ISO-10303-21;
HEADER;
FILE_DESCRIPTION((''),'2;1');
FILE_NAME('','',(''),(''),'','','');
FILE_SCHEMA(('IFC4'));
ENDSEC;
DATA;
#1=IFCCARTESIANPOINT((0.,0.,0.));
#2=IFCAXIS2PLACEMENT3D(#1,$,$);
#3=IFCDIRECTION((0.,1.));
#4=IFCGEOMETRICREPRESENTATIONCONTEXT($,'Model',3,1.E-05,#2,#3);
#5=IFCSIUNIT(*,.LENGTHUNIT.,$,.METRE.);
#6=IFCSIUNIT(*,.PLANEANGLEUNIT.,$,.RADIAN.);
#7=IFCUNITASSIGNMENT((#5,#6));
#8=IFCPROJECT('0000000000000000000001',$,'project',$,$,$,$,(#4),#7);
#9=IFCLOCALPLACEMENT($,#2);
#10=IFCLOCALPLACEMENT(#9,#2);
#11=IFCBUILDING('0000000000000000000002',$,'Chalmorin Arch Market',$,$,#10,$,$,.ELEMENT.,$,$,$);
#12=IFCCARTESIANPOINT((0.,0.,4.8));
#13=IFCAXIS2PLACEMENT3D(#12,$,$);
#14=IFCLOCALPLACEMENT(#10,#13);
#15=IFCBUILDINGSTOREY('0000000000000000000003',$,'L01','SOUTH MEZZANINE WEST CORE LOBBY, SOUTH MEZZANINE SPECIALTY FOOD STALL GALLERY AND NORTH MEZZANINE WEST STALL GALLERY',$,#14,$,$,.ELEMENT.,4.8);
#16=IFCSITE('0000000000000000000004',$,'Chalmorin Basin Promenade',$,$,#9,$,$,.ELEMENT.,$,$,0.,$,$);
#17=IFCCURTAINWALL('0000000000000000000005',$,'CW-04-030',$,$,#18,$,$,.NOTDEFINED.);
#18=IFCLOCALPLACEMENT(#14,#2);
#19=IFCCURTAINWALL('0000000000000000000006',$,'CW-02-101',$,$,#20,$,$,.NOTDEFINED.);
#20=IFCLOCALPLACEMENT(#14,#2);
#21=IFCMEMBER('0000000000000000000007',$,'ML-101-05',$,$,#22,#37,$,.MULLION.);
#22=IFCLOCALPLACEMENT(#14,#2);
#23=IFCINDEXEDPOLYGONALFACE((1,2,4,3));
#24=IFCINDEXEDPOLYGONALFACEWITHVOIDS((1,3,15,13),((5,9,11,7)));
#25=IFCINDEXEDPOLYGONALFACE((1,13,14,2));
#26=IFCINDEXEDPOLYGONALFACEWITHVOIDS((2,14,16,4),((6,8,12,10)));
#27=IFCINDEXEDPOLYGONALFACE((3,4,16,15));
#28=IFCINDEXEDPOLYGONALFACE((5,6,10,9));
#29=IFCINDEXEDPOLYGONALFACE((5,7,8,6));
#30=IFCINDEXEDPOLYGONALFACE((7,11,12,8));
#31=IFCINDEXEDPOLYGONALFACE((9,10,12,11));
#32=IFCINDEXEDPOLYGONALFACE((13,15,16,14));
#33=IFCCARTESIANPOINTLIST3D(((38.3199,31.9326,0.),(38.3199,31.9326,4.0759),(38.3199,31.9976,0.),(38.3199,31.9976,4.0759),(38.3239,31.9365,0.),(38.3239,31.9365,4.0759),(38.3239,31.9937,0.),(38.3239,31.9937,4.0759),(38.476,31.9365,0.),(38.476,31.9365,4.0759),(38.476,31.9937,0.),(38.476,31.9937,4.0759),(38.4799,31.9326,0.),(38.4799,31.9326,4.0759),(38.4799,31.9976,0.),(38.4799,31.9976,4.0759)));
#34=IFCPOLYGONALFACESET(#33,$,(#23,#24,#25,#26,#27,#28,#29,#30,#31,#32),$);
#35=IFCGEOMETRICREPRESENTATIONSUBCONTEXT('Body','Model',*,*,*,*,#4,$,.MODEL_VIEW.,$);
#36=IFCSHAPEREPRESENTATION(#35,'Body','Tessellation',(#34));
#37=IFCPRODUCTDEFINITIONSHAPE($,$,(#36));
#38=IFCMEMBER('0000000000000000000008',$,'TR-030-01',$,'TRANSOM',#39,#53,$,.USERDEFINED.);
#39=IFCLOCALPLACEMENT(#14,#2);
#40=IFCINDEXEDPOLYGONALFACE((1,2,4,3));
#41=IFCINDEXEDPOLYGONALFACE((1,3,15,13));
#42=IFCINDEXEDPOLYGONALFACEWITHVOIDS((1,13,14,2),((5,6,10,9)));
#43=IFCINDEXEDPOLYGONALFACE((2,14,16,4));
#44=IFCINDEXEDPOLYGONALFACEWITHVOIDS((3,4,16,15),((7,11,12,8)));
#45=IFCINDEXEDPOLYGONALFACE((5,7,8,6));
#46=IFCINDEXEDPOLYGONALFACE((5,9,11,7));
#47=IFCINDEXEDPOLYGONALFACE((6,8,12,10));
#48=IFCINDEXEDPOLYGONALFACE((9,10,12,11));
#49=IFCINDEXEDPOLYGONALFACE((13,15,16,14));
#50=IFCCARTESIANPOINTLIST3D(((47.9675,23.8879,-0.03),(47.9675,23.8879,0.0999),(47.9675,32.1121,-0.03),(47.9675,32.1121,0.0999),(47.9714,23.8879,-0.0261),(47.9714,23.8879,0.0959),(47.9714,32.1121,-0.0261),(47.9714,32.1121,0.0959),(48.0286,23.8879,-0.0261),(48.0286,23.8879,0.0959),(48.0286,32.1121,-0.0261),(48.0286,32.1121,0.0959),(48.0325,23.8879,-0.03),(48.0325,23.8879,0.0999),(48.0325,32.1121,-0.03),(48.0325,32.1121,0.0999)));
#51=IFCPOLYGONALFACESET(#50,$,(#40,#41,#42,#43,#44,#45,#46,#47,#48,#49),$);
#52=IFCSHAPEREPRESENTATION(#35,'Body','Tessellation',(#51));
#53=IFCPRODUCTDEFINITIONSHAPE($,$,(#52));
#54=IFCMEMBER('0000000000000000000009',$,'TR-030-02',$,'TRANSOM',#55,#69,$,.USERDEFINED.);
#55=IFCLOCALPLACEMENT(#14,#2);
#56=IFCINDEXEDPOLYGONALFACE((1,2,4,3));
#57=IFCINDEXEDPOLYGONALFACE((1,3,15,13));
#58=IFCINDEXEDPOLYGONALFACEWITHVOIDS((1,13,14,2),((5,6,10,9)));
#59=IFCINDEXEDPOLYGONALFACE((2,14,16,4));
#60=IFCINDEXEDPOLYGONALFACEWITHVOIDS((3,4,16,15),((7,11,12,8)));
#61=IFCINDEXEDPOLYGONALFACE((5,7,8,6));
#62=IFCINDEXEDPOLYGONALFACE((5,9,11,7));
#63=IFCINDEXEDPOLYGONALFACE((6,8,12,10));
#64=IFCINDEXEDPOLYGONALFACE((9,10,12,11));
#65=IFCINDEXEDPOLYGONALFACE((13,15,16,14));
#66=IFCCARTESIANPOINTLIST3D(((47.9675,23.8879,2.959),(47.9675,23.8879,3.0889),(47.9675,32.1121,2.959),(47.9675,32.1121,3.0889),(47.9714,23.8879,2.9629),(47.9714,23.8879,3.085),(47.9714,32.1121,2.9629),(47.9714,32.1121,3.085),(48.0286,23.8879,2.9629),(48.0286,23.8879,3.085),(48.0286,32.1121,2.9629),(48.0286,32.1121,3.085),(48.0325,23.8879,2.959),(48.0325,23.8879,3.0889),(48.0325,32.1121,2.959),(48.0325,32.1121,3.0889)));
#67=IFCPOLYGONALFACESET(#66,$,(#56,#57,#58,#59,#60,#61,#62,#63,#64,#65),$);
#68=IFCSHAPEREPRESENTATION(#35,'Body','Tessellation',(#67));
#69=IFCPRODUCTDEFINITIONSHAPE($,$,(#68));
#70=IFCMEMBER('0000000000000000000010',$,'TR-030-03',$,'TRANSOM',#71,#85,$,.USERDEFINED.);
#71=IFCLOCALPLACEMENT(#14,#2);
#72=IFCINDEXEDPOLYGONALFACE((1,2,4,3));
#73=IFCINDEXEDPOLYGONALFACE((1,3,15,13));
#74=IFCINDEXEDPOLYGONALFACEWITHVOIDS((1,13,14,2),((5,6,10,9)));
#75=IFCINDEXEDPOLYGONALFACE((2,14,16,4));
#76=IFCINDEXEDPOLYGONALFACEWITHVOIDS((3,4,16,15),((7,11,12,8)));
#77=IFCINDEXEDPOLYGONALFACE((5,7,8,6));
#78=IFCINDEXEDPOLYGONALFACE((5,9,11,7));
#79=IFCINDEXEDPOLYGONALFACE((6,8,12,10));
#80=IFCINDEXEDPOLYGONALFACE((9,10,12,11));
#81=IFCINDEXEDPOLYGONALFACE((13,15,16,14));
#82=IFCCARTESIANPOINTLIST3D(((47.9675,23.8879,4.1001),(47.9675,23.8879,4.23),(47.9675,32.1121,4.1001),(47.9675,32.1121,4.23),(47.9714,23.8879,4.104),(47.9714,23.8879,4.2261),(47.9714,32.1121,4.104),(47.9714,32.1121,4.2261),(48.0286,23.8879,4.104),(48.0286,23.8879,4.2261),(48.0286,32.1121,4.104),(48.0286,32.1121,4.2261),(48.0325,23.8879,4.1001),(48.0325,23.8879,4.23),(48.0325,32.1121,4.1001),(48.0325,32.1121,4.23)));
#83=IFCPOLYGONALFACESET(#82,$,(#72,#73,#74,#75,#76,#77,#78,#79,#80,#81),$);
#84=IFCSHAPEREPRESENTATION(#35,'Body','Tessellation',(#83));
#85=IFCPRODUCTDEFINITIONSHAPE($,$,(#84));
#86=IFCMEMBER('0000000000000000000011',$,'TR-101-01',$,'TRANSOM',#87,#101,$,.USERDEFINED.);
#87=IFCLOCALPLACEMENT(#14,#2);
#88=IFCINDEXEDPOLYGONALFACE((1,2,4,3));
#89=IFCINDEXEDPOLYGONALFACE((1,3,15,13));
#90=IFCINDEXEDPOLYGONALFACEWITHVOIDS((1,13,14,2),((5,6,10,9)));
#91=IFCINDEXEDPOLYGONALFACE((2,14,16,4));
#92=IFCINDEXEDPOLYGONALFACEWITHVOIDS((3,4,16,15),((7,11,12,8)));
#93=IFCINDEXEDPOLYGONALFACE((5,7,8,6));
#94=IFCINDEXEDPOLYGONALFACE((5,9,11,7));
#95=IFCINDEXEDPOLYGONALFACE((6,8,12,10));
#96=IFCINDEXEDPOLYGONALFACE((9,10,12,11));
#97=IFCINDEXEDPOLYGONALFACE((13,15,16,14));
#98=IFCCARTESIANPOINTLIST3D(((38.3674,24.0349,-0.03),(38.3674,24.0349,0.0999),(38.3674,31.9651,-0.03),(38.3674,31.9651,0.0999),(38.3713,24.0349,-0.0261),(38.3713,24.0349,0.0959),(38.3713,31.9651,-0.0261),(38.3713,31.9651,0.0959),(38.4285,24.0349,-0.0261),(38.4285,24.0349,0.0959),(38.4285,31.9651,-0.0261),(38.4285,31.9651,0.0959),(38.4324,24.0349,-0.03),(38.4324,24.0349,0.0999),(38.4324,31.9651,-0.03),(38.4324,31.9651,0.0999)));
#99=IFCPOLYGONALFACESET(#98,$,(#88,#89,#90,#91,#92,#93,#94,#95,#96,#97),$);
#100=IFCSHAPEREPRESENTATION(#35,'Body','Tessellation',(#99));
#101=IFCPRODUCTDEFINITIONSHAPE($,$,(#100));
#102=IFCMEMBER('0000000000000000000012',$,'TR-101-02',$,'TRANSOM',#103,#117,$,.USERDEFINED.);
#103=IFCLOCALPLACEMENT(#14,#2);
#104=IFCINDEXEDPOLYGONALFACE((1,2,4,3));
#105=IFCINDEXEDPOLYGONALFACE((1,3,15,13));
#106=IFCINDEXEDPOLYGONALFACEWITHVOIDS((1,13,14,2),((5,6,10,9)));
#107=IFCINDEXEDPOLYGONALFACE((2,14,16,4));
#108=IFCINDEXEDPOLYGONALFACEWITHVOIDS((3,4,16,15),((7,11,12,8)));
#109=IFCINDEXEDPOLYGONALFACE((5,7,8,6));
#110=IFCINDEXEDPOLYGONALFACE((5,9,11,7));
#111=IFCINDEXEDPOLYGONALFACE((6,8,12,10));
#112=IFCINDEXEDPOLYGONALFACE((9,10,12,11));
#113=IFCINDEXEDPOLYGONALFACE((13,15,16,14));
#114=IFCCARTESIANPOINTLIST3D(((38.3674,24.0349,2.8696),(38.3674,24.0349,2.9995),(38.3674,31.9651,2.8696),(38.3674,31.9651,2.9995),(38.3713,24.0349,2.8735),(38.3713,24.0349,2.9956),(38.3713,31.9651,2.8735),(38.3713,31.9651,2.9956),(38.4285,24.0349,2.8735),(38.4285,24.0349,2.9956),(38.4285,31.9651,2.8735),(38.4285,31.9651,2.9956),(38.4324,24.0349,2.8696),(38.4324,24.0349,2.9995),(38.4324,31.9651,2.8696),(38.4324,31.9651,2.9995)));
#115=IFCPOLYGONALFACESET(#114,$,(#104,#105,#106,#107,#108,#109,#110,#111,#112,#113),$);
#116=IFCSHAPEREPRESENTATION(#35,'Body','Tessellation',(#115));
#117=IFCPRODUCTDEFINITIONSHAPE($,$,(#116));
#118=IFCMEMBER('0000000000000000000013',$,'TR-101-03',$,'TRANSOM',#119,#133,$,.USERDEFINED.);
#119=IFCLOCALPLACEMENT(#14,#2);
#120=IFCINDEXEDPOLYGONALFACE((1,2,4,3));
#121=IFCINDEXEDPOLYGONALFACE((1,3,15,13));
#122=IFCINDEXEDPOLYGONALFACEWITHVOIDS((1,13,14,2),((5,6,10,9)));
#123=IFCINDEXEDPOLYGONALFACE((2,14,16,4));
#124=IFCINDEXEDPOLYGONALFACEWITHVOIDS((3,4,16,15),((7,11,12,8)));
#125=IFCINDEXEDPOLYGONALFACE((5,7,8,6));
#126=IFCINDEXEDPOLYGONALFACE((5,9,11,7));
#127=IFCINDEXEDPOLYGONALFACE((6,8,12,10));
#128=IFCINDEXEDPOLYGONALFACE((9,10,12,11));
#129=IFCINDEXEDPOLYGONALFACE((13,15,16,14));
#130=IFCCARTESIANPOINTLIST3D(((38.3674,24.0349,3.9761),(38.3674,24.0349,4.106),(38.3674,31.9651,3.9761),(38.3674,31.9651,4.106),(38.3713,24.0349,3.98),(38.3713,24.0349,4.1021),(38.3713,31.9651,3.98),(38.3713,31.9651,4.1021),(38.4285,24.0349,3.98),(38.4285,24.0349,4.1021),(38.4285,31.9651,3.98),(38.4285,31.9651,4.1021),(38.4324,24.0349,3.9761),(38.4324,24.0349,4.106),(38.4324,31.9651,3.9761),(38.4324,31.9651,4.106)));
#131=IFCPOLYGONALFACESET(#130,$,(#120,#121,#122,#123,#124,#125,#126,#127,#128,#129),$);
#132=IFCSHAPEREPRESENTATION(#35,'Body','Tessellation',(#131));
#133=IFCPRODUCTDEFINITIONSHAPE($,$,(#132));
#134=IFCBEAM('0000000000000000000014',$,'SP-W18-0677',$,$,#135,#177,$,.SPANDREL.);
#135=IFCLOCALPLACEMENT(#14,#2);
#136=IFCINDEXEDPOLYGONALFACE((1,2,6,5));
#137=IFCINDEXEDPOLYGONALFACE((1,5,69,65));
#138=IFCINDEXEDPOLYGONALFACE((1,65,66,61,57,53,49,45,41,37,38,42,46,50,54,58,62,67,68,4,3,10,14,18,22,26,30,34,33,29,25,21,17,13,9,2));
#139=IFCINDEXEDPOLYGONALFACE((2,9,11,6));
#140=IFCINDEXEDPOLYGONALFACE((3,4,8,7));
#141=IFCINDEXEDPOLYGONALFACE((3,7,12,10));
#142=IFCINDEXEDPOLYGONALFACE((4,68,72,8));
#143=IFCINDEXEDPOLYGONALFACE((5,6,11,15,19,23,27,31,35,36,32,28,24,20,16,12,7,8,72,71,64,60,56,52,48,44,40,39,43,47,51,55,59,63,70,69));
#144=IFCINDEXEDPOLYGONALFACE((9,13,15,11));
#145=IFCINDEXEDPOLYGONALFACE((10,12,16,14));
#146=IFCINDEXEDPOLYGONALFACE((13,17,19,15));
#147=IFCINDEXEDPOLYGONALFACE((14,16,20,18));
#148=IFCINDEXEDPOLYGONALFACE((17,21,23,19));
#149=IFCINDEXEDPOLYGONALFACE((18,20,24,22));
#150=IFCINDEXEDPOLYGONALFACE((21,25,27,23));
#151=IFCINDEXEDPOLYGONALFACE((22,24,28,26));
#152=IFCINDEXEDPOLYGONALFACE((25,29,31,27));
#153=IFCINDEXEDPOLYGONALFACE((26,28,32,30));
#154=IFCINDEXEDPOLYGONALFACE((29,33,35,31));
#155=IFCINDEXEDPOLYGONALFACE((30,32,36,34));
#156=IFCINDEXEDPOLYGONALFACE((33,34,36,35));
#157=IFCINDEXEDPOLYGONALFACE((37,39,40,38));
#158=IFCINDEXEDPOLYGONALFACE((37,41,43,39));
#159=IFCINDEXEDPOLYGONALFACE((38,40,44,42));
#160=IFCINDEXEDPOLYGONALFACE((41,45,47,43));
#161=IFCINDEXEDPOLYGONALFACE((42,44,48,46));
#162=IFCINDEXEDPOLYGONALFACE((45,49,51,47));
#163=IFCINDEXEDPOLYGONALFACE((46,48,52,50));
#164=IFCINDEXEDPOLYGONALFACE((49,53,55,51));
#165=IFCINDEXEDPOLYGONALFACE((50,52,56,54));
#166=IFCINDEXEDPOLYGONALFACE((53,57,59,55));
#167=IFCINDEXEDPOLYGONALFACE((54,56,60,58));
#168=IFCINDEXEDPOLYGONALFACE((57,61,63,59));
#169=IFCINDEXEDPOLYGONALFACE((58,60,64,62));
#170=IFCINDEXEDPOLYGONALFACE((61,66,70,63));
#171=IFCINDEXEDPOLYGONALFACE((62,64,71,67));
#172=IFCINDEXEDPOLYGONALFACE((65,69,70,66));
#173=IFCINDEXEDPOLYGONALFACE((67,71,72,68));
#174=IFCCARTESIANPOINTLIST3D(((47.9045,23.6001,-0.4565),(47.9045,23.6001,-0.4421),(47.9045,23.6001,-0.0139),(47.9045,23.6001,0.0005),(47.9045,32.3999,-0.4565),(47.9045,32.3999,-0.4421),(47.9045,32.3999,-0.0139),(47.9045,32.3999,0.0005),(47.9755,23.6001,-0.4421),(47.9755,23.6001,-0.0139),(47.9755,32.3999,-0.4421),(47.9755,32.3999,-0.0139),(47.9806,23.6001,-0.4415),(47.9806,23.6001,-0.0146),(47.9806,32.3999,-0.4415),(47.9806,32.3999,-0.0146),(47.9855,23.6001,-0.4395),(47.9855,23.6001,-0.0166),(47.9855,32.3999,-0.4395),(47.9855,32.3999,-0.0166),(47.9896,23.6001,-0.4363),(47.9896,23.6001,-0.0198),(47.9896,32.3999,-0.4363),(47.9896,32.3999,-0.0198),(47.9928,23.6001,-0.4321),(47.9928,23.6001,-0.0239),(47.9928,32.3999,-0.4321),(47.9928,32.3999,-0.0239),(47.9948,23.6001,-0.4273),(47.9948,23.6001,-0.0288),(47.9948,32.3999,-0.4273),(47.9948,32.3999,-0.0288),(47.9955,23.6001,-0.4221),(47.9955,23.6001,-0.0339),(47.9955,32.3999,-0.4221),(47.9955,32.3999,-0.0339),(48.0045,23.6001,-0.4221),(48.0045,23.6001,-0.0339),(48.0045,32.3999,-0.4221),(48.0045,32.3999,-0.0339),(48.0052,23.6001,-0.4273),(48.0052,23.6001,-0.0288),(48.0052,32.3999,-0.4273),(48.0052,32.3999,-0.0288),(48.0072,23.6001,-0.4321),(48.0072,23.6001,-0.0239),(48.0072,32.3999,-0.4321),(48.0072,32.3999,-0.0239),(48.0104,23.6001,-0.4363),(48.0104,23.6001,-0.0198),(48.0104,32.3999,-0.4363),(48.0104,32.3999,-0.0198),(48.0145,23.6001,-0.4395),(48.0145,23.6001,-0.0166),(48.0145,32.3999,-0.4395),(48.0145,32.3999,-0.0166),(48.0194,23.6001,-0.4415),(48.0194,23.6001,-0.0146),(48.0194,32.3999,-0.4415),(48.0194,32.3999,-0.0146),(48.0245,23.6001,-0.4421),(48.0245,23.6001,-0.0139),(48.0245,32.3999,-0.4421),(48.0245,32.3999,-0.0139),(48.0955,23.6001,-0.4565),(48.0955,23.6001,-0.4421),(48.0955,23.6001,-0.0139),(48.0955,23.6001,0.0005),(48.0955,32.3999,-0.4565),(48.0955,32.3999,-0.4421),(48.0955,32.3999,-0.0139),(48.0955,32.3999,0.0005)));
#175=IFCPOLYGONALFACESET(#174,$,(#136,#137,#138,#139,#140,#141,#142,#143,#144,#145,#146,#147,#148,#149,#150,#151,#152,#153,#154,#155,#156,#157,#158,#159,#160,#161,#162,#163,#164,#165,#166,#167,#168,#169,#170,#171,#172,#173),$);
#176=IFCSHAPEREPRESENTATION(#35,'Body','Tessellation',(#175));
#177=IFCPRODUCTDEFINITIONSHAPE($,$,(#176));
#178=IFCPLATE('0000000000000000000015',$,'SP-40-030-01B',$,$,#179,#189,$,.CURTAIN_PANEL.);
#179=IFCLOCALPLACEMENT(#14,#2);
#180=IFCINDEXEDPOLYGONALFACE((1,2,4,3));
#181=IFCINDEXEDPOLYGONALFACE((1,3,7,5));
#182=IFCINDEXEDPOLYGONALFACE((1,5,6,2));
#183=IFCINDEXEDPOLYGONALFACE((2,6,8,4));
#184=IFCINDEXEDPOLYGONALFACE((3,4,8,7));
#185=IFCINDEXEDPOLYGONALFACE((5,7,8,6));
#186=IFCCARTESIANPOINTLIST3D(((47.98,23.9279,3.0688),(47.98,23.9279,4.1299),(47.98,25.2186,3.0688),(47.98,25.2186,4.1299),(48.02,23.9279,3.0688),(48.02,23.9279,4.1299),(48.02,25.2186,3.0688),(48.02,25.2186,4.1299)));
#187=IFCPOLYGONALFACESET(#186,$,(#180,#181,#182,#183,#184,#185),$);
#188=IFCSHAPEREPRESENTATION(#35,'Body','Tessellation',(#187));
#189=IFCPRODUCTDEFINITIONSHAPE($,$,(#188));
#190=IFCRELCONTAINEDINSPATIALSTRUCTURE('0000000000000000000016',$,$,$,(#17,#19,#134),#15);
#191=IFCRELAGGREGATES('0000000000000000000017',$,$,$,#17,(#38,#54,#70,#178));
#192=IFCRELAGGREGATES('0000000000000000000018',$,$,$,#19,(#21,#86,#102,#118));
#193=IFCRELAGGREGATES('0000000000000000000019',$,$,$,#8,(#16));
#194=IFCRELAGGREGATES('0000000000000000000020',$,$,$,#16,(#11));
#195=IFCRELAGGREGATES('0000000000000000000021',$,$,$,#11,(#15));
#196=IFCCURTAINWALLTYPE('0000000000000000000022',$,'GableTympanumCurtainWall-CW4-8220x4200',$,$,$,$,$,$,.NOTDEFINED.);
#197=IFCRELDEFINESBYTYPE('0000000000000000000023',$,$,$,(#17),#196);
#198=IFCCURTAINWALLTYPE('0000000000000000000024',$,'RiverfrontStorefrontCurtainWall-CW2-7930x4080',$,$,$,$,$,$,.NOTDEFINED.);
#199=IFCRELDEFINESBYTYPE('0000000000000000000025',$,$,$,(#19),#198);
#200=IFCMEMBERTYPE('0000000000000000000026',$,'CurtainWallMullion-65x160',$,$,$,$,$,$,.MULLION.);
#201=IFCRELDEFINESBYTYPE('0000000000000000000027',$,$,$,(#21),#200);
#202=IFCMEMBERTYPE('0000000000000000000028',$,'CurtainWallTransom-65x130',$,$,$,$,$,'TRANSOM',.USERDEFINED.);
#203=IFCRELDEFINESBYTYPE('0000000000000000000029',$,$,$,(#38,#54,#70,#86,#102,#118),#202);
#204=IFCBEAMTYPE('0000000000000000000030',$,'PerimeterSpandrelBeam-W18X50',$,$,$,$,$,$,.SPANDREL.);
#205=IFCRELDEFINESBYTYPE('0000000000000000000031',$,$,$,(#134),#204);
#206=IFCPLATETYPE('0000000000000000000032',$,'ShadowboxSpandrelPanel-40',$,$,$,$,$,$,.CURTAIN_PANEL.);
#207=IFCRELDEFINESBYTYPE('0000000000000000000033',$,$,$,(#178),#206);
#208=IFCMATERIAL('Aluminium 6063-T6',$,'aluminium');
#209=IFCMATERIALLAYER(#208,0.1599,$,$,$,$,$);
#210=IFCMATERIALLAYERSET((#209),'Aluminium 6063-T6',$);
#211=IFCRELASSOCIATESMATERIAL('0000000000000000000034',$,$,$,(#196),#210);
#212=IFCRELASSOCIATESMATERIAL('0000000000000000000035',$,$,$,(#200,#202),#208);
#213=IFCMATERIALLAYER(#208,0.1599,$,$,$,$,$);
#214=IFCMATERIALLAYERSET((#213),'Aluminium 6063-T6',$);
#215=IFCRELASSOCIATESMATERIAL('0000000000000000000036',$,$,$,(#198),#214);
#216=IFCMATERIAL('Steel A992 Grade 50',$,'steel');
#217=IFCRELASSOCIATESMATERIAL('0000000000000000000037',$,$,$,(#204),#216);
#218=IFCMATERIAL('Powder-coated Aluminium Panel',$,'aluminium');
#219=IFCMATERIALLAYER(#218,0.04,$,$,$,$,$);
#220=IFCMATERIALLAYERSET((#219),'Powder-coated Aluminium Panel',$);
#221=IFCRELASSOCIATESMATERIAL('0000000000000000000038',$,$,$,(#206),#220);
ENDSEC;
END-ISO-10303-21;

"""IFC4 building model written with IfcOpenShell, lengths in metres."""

from ifc_helpers import new_model, si_unit, direction, frame, origin, origin_2d, place, context, subcontext, project, spatial, rectangle, hollow_rectangle, i_section, extrude, material, layer, layer_set, material_profile, profile_set, type_object, element, aggregate, save


model = new_model("IFC4")

# Units and contexts
model_context = context("Model", 3, precision=1e-05, world=origin(), true_north=direction((0.0, 1.0)))
body_context = subcontext(model_context, "Body", "Model", "MODEL_VIEW")
ifc_project = project(units=[si_unit("LENGTHUNIT", "METRE"), si_unit("PLANEANGLEUNIT", "RADIAN")], contexts=[model_context])

# Site, building, storey
site_placement = place(None, origin())
site = spatial("IfcSite", under=ifc_project, at=site_placement, Name="Chalmorin Basin Promenade", CompositionType="ELEMENT", RefElevation=0.0)
building_placement = place(site_placement, origin())
building = spatial("IfcBuilding", under=site, at=building_placement, Name="Chalmorin Arch Market", CompositionType="ELEMENT")
storey_placement = place(building_placement, frame((0.0, 0.0, 4.8)))
storey = spatial("IfcBuildingStorey", under=building, at=storey_placement, Name="L01", Description="SOUTH MEZZANINE WEST CORE LOBBY, SOUTH MEZZANINE SPECIALTY FOOD STALL GALLERY AND NORTH MEZZANINE WEST STALL GALLERY", CompositionType="ELEMENT", Elevation=4.8)

# Curtain walls, member
ifc_material_1 = material(Name="Aluminium 6063-T6", Category="aluminium")
ifc_layer_1 = layer(ifc_material_1, 0.1599)
ifc_layer_set_1 = layer_set([ifc_layer_1], Name="Aluminium 6063-T6")
curtain_wall_type_1 = type_object("IfcCurtainWallType", Name="GableTympanumCurtainWall-CW4-8220x4200", PredefinedType="NOTDEFINED", material=ifc_layer_set_1)
curtain_wall_1_placement = place(storey_placement, origin())
curtain_wall_1 = element("IfcCurtainWall", 1, at=curtain_wall_1_placement, inside=storey, type_object=curtain_wall_type_1, Name="CW-04-030", PredefinedType="NOTDEFINED")
ifc_material_profile_1 = material_profile(ifc_material_1, hollow_rectangle(XDim=0.0649, YDim=0.1599, WallThickness=0.0039, at=origin_2d()), Name="ALU65X160X4")
ifc_profile_set_1 = profile_set([ifc_material_profile_1], Name="Aluminium 6063-T6")
member_type_1 = type_object("IfcMemberType", Name="CurtainWallMullion-65x160", PredefinedType="MULLION", material=ifc_profile_set_1)
ifc_layer_2 = layer(ifc_material_1, 0.1599)
ifc_layer_set_2 = layer_set([ifc_layer_2], Name="Aluminium 6063-T6")
curtain_wall_type_2 = type_object("IfcCurtainWallType", Name="RiverfrontStorefrontCurtainWall-CW2-7930x4080", PredefinedType="NOTDEFINED", material=ifc_layer_set_2)
curtain_wall_2_placement = place(storey_placement, origin())
curtain_wall_2 = element("IfcCurtainWall", 2, at=curtain_wall_2_placement, inside=storey, type_object=curtain_wall_type_2, Name="CW-02-101", PredefinedType="NOTDEFINED")
member_1_placement = place(storey_placement, frame((38.3999, 31.9651, 0.0), z_axis=(0.0, 0.0, 1.0), x_axis=(0.0, 1.0, 0.0)))
member_1 = element("IfcMember", 3, at=member_1_placement, type_object=member_type_1, Name="ML-101-05", PredefinedType="MULLION", context=body_context, shape_type="SweptSolid", body=[
    extrude(hollow_rectangle(XDim=0.0649, YDim=0.1599, WallThickness=0.0039, at=origin_2d()), origin(), (0.0, 0.0, 1.0), 4.0759),
])

# Members
ifc_material_profile_2 = material_profile(ifc_material_1, hollow_rectangle(XDim=0.0649, YDim=0.1299, WallThickness=0.0039, at=origin_2d()), Name="ALU65X130X4")
ifc_profile_set_2 = profile_set([ifc_material_profile_2], Name="Aluminium 6063-T6")
member_type_2 = type_object("IfcMemberType", Name="CurtainWallTransom-65x130", ElementType="TRANSOM", PredefinedType="USERDEFINED", material=ifc_profile_set_2)
member_2_placement = place(storey_placement, frame((48.0, 23.8879, 0.0349), z_axis=(0.0, 1.0, 0.0), x_axis=(-1.0, 0.0, 0.0)))
member_2 = element("IfcMember", 4, at=member_2_placement, type_object=member_type_2, Name="TR-030-01", ObjectType="TRANSOM", PredefinedType="USERDEFINED", context=body_context, shape_type="SweptSolid", body=[
    extrude(hollow_rectangle(XDim=0.0649, YDim=0.1299, WallThickness=0.0039, at=origin_2d()), origin(), (0.0, 0.0, 1.0), 8.2241),
])
member_3_placement = place(storey_placement, frame((48.0, 23.8879, 3.0239), z_axis=(0.0, 1.0, 0.0), x_axis=(-1.0, 0.0, 0.0)))
member_3 = element("IfcMember", 5, at=member_3_placement, type_object=member_type_2, Name="TR-030-02", ObjectType="TRANSOM", PredefinedType="USERDEFINED", context=body_context, shape_type="SweptSolid", body=[
    extrude(hollow_rectangle(XDim=0.0649, YDim=0.1299, WallThickness=0.0039, at=origin_2d()), origin(), (0.0, 0.0, 1.0), 8.2241),
])
member_4_placement = place(storey_placement, frame((48.0, 23.8879, 4.165), z_axis=(0.0, 1.0, 0.0), x_axis=(-1.0, 0.0, 0.0)))
member_4 = element("IfcMember", 6, at=member_4_placement, type_object=member_type_2, Name="TR-030-03", ObjectType="TRANSOM", PredefinedType="USERDEFINED", context=body_context, shape_type="SweptSolid", body=[
    extrude(hollow_rectangle(XDim=0.0649, YDim=0.1299, WallThickness=0.0039, at=origin_2d()), origin(), (0.0, 0.0, 1.0), 8.2241),
])
member_5_placement = place(storey_placement, frame((38.3999, 24.0349, 0.0349), z_axis=(0.0, 1.0, 0.0), x_axis=(-1.0, 0.0, 0.0)))
member_5 = element("IfcMember", 7, at=member_5_placement, type_object=member_type_2, Name="TR-101-01", ObjectType="TRANSOM", PredefinedType="USERDEFINED", context=body_context, shape_type="SweptSolid", body=[
    extrude(hollow_rectangle(XDim=0.0649, YDim=0.1299, WallThickness=0.0039, at=origin_2d()), origin(), (0.0, 0.0, 1.0), 7.9302),
])
member_6_placement = place(storey_placement, frame((38.3999, 24.0349, 2.9346), z_axis=(0.0, 1.0, 0.0), x_axis=(-1.0, 0.0, 0.0)))
member_6 = element("IfcMember", 8, at=member_6_placement, type_object=member_type_2, Name="TR-101-02", ObjectType="TRANSOM", PredefinedType="USERDEFINED", context=body_context, shape_type="SweptSolid", body=[
    extrude(hollow_rectangle(XDim=0.0649, YDim=0.1299, WallThickness=0.0039, at=origin_2d()), origin(), (0.0, 0.0, 1.0), 7.9302),
])
member_7_placement = place(storey_placement, frame((38.3999, 24.0349, 4.041), z_axis=(0.0, 1.0, 0.0), x_axis=(-1.0, 0.0, 0.0)))
member_7 = element("IfcMember", 9, at=member_7_placement, type_object=member_type_2, Name="TR-101-03", ObjectType="TRANSOM", PredefinedType="USERDEFINED", context=body_context, shape_type="SweptSolid", body=[
    extrude(hollow_rectangle(XDim=0.0649, YDim=0.1299, WallThickness=0.0039, at=origin_2d()), origin(), (0.0, 0.0, 1.0), 7.9302),
])

# Beam
ifc_material_2 = material(Name="Steel A992 Grade 50", Category="steel")
ifc_material_profile_3 = material_profile(ifc_material_2, i_section(OverallWidth=0.1909, OverallDepth=0.457, WebThickness=0.009, FlangeThickness=0.0144, FilletRadius=0.02, at=origin_2d()), Name="W18X50")
ifc_profile_set_3 = profile_set([ifc_material_profile_3], Name="Steel A992 Grade 50")
beam_type = type_object("IfcBeamType", Name="PerimeterSpandrelBeam-W18X50", PredefinedType="SPANDREL", material=ifc_profile_set_3)
beam_placement = place(storey_placement, frame((48.0, 23.6001, -0.228), z_axis=(0.0, 1.0, 0.0), x_axis=(-1.0, 0.0, 0.0)))
element("IfcBeam", 10, at=beam_placement, inside=storey, type_object=beam_type, Name="SP-W18-0677", PredefinedType="SPANDREL", context=body_context, shape_type="SweptSolid", body=[
    extrude(i_section(OverallWidth=0.1909, OverallDepth=0.457, WebThickness=0.009, FlangeThickness=0.0144, FilletRadius=0.02, at=origin_2d()), origin(), (0.0, 0.0, 1.0), 8.7998),
])

# Plate
ifc_material_3 = material(Name="Powder-coated Aluminium Panel", Category="aluminium")
ifc_layer_3 = layer(ifc_material_3, 0.04)
ifc_layer_set_3 = layer_set([ifc_layer_3], Name="Powder-coated Aluminium Panel")
plate_type_1 = type_object("IfcPlateType", Name="ShadowboxSpandrelPanel-40", PredefinedType="CURTAIN_PANEL", material=ifc_layer_set_3)
plate_1_placement = place(storey_placement, frame((48.0, 24.5732, 3.0688), z_axis=(0.0, 0.0, 1.0), x_axis=(0.0, 1.0, 0.0)))
plate_1 = element("IfcPlate", 11, at=plate_1_placement, type_object=plate_type_1, Name="SP-40-030-01B", PredefinedType="CURTAIN_PANEL", context=body_context, shape_type="SweptSolid", body=[
    extrude(rectangle(XDim=1.2908, YDim=0.04, at=origin_2d()), origin(), (0.0, 0.0, 1.0), 1.061),
])
aggregate(curtain_wall_1, [member_2, member_3, member_4, plate_1])
aggregate(curtain_wall_2, [member_1, member_5, member_6, member_7])

save(model, "model.ifc")
